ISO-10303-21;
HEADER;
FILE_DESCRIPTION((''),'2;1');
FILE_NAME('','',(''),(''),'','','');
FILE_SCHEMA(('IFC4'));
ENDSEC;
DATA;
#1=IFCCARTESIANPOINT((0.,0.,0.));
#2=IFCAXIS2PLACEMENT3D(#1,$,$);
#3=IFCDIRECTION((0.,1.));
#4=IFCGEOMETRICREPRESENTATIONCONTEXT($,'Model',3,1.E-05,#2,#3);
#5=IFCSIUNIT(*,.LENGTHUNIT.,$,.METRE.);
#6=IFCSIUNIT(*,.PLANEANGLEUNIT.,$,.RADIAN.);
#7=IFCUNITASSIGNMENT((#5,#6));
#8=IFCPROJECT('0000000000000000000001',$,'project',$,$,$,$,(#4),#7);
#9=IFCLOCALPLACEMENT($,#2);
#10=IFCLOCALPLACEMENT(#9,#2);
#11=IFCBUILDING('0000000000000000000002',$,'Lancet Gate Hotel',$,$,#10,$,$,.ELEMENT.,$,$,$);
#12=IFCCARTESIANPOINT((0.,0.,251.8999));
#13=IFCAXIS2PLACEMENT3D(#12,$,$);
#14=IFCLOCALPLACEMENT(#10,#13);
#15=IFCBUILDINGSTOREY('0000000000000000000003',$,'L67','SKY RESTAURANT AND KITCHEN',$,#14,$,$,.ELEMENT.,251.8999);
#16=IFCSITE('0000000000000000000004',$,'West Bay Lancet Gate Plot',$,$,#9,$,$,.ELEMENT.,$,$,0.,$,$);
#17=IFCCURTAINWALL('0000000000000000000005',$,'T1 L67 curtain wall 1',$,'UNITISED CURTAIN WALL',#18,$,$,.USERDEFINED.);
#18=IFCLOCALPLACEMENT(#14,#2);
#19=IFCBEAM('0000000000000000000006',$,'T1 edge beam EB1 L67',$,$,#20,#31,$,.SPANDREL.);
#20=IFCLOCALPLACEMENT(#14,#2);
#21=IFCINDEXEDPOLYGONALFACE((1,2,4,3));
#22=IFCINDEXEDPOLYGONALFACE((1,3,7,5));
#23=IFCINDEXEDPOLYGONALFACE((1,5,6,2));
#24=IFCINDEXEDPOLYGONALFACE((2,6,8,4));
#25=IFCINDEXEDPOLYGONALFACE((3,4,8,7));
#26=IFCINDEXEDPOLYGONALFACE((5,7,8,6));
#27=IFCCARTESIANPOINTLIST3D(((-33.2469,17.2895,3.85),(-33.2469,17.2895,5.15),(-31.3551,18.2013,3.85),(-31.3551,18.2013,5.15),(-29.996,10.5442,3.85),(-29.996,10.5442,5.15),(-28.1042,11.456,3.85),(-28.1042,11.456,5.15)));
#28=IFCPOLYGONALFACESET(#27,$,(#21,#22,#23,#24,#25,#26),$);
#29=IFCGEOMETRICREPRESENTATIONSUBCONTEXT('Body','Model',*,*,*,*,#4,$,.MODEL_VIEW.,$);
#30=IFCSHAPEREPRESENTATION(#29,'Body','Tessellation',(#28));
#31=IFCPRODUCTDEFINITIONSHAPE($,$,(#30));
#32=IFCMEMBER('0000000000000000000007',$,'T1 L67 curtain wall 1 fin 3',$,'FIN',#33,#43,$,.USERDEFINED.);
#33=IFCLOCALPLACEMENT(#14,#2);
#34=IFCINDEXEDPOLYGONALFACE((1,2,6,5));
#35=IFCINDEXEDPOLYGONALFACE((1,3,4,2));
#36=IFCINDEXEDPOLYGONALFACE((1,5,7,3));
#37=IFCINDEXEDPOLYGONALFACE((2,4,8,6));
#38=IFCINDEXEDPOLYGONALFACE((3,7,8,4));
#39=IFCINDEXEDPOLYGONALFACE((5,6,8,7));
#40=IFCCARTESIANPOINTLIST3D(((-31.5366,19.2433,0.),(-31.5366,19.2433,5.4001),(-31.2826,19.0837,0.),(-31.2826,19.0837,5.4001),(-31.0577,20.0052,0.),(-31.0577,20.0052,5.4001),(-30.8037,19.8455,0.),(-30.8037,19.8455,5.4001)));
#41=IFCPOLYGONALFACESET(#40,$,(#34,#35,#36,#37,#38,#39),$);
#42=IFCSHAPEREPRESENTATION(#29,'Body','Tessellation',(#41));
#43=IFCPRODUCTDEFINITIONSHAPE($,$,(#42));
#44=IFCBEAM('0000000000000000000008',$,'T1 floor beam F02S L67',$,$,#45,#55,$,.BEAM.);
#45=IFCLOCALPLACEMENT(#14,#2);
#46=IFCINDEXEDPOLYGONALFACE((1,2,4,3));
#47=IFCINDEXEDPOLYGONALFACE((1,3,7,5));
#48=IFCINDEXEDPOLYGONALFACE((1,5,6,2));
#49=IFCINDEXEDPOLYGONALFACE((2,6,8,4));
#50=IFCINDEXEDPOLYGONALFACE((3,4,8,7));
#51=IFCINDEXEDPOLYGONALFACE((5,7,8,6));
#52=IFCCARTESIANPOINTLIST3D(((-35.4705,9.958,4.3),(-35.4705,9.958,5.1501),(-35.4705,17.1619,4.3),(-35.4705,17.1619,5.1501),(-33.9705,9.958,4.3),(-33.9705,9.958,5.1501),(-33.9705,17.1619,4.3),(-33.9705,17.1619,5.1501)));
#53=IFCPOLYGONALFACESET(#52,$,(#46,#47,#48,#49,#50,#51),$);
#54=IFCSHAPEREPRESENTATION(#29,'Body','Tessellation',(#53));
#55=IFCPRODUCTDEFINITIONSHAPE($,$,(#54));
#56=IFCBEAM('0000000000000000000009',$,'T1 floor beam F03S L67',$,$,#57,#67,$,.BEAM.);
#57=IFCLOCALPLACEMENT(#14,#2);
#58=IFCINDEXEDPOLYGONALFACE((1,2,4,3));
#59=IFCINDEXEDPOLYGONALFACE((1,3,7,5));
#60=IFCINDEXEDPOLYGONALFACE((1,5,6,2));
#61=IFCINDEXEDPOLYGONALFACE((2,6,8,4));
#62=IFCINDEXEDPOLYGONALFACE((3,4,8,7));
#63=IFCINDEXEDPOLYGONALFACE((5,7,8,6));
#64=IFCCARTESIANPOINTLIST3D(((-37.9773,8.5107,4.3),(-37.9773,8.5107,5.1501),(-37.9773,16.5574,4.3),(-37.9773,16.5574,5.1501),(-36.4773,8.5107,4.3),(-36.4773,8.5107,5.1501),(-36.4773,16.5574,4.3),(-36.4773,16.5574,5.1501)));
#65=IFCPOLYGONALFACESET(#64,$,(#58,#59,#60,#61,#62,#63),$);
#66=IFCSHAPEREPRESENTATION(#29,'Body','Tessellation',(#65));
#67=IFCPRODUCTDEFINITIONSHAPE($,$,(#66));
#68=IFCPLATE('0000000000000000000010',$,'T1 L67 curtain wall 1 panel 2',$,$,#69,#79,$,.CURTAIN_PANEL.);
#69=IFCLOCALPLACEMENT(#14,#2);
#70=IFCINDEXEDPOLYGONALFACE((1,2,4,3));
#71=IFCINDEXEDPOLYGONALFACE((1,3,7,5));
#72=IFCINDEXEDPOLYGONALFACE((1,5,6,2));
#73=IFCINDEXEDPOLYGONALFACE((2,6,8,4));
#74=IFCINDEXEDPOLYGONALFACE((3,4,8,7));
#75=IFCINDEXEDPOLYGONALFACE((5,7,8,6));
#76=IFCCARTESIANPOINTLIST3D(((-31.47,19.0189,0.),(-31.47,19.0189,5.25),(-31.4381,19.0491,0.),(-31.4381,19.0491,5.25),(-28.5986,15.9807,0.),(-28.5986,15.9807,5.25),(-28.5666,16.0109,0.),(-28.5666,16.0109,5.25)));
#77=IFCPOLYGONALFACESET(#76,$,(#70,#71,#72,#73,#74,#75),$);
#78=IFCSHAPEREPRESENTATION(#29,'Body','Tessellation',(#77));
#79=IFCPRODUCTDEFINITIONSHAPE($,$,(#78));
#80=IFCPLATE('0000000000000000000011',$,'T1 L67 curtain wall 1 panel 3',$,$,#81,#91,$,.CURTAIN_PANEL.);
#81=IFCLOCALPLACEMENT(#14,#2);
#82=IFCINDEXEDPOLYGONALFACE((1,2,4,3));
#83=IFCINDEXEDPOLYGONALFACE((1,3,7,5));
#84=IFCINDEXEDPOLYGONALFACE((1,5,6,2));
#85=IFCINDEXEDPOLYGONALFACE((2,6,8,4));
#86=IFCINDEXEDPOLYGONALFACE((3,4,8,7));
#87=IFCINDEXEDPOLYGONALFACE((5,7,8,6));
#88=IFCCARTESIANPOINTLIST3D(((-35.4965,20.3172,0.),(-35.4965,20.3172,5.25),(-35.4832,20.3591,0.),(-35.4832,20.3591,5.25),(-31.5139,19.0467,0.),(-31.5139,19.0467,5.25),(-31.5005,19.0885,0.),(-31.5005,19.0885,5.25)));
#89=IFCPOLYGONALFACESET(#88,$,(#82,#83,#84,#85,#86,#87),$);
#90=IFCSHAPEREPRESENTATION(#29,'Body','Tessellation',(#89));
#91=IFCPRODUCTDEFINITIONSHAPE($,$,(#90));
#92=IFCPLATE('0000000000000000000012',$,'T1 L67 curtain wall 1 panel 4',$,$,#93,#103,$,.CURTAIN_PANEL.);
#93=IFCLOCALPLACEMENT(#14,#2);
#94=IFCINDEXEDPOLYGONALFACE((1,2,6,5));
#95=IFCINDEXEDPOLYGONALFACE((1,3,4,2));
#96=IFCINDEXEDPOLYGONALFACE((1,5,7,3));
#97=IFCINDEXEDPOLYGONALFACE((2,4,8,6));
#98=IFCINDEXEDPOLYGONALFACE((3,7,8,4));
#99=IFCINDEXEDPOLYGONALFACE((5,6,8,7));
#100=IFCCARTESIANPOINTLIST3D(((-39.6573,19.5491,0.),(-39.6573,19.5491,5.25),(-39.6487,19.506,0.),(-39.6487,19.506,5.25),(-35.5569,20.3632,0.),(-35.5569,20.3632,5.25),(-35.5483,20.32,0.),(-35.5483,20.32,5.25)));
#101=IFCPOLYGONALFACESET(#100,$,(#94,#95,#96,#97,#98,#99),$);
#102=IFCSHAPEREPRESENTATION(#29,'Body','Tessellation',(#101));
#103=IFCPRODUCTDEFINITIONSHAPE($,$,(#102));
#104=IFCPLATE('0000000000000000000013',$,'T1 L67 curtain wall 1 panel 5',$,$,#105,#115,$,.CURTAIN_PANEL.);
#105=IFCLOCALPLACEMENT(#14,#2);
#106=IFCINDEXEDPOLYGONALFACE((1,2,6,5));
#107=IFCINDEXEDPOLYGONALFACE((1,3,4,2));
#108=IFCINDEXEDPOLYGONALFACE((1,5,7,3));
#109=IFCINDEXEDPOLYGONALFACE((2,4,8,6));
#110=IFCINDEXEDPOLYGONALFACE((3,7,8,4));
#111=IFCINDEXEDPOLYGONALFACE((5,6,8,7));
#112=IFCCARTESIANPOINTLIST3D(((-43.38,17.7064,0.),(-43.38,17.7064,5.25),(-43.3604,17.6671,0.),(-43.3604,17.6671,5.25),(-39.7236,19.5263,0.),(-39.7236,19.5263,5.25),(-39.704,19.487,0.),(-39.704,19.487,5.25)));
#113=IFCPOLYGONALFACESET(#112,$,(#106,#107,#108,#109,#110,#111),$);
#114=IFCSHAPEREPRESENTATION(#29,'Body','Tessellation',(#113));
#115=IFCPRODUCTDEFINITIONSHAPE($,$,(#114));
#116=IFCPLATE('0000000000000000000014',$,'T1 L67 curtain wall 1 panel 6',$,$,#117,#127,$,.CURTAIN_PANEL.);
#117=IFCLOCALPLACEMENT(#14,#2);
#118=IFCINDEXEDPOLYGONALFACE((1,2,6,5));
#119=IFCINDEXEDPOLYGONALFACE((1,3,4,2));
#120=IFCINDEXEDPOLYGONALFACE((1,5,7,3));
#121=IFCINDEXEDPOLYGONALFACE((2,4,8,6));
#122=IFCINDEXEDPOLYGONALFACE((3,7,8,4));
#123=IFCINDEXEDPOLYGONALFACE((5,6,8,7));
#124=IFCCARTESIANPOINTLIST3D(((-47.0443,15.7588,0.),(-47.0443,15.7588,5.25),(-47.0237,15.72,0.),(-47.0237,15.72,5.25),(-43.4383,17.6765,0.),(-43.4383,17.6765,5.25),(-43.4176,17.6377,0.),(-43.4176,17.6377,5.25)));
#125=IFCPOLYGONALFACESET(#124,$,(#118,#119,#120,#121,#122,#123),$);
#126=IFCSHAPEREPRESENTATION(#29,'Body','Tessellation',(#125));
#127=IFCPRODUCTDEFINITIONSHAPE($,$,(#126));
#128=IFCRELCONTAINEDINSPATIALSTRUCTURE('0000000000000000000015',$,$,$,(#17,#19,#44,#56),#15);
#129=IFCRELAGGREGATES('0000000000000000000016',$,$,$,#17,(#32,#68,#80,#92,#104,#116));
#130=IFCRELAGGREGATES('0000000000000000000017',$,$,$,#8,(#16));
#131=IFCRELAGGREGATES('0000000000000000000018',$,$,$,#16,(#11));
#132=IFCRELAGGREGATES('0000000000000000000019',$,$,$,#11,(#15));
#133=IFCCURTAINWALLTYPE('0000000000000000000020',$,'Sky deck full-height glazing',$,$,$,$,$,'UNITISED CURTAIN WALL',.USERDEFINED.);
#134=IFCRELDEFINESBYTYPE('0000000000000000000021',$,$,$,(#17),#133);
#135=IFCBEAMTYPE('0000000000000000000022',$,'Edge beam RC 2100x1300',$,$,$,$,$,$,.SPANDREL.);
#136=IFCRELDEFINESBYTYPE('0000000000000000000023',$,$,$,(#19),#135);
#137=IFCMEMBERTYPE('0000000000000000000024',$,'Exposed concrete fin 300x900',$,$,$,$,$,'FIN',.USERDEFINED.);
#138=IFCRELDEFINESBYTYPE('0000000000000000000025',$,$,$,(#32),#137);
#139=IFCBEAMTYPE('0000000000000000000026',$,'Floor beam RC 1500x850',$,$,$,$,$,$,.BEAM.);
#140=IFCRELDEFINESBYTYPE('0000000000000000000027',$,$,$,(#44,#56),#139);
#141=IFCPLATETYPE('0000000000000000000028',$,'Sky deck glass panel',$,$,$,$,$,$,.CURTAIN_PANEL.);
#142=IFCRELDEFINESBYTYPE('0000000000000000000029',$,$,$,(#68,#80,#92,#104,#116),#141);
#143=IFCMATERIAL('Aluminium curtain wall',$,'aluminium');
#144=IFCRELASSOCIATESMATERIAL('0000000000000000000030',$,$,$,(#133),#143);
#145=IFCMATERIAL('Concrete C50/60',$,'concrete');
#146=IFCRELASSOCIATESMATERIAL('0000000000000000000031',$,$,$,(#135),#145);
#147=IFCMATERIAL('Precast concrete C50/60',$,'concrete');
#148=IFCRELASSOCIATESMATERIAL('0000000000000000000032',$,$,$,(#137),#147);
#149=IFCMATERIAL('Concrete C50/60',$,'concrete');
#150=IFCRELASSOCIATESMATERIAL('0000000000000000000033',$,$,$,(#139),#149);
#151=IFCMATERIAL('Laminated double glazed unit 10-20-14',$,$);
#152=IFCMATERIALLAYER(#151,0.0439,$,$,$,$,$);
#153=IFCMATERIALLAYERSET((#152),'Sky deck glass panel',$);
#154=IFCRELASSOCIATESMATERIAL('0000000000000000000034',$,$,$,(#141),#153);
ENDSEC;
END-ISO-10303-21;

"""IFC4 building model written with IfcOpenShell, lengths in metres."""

from ifc_helpers import new_model, si_unit, direction, frame, origin, origin_2d, place, context, subcontext, project, spatial, rectangle, extrude, material, layer, layer_set, material_profile, profile_set, type_object, element, aggregate, save


model = new_model("IFC4")

# Units and contexts
model_context = context("Model", 3, precision=1e-05, world=origin(), true_north=direction((0.0, 1.0)))
body_context = subcontext(model_context, "Body", "Model", "MODEL_VIEW")
ifc_project = project(units=[si_unit("LENGTHUNIT", "METRE"), si_unit("PLANEANGLEUNIT", "RADIAN")], contexts=[model_context])

# Site, building, storey
site_placement = place(None, origin())
site = spatial("IfcSite", under=ifc_project, at=site_placement, Name="West Bay Lancet Gate Plot", CompositionType="ELEMENT", RefElevation=0.0)
building_placement = place(site_placement, origin())
building = spatial("IfcBuilding", under=site, at=building_placement, Name="Lancet Gate Hotel", CompositionType="ELEMENT")
storey_placement = place(building_placement, frame((0.0, 0.0, 251.8999)))
storey = spatial("IfcBuildingStorey", under=building, at=storey_placement, Name="L67", Description="SKY RESTAURANT AND KITCHEN", CompositionType="ELEMENT", Elevation=251.8999)

# Curtain wall
ifc_material_1 = material(Name="Aluminium curtain wall", Category="aluminium")
curtain_wall_type = type_object("IfcCurtainWallType", Name="Sky deck full-height glazing", ElementType="UNITISED CURTAIN WALL", PredefinedType="USERDEFINED", material=ifc_material_1)
curtain_wall_placement = place(storey_placement, origin())
curtain_wall = element("IfcCurtainWall", 1, at=curtain_wall_placement, inside=storey, type_object=curtain_wall_type, Name="T1 L67 curtain wall 1", ObjectType="UNITISED CURTAIN WALL", PredefinedType="USERDEFINED")

# Beam
ifc_material_2 = material(Name="Concrete C50/60", Category="concrete")
ifc_material_profile_1 = material_profile(ifc_material_2, rectangle(XDim=2.1001, YDim=1.3, at=origin_2d()), Name="RC 2100x1300")
ifc_profile_set_1 = profile_set([ifc_material_profile_1], Name="Concrete C50/60")
beam_type_1 = type_object("IfcBeamType", Name="Edge beam RC 2100x1300", PredefinedType="SPANDREL", material=ifc_profile_set_1)
beam_1_placement = place(storey_placement, frame((-32.301, 17.7454, 4.5), z_axis=(0.434164, -0.900834, 0.0), x_axis=(0.900834, 0.434164, 0.0)))
element("IfcBeam", 2, at=beam_1_placement, inside=storey, type_object=beam_type_1, Name="T1 edge beam EB1 L67", PredefinedType="SPANDREL", context=body_context, shape_type="SweptSolid", body=[
    extrude(rectangle(XDim=2.1001, YDim=1.3, at=origin_2d()), origin(), (0.0, 0.0, 1.0), 7.4878),
])

# Member
ifc_material_3 = material(Name="Precast concrete C50/60", Category="concrete")
ifc_material_profile_2 = material_profile(ifc_material_3, rectangle(XDim=0.3, YDim=0.8999, at=origin_2d()), Name="FIN 300x900")
ifc_profile_set_2 = profile_set([ifc_material_profile_2], Name="Precast concrete C50/60")
member_type_1 = type_object("IfcMemberType", Name="Exposed concrete fin 300x900", ElementType="FIN", PredefinedType="USERDEFINED", material=ifc_profile_set_2)
member_1_placement = place(storey_placement, frame((-31.1702, 19.5444, 0.0), z_axis=(0.0, 0.0, 1.0), x_axis=(-0.846613, 0.532209, 0.0)))
member_1 = element("IfcMember", 3, at=member_1_placement, type_object=member_type_1, Name="T1 L67 curtain wall 1 fin 3", ObjectType="FIN", PredefinedType="USERDEFINED", context=body_context, shape_type="SweptSolid", body=[
    extrude(rectangle(XDim=0.3, YDim=0.8999, at=origin_2d()), origin(), (0.0, 0.0, 1.0), 5.4001),
])

# Beams
ifc_material_4 = material(Name="Concrete C50/60", Category="concrete")
ifc_material_profile_3 = material_profile(ifc_material_4, rectangle(XDim=1.5, YDim=0.8501, at=origin_2d()), Name="RC 1500x850")
ifc_profile_set_3 = profile_set([ifc_material_profile_3], Name="Concrete C50/60")
beam_type_2 = type_object("IfcBeamType", Name="Floor beam RC 1500x850", PredefinedType="BEAM", material=ifc_profile_set_3)
beam_2_placement = place(storey_placement, frame((-34.7205, 17.1619, 4.7251), z_axis=(0.0, -1.0, 0.0), x_axis=(1.0, 0.0, 0.0)))
element("IfcBeam", 4, at=beam_2_placement, inside=storey, type_object=beam_type_2, Name="T1 floor beam F02S L67", PredefinedType="BEAM", context=body_context, shape_type="SweptSolid", body=[
    extrude(rectangle(XDim=1.5, YDim=0.8501, at=origin_2d()), origin(), (0.0, 0.0, 1.0), 7.2039),
])
beam_3_placement = place(storey_placement, frame((-37.2273, 16.5574, 4.7251), z_axis=(0.0, -1.0, 0.0), x_axis=(1.0, 0.0, 0.0)))
element("IfcBeam", 5, at=beam_3_placement, inside=storey, type_object=beam_type_2, Name="T1 floor beam F03S L67", PredefinedType="BEAM", context=body_context, shape_type="SweptSolid", body=[
    extrude(rectangle(XDim=1.5, YDim=0.8501, at=origin_2d()), origin(), (0.0, 0.0, 1.0), 8.0466),
])

# Plates
ifc_material_5 = material(Name="Laminated double glazed unit 10-20-14")
ifc_layer = layer(ifc_material_5, 0.0439)
ifc_layer_set = layer_set([ifc_layer], Name="Sky deck glass panel")
plate_type = type_object("IfcPlateType", Name="Sky deck glass panel", PredefinedType="CURTAIN_PANEL", material=ifc_layer_set)
plate_1_placement = place(storey_placement, frame((-30.0183, 17.5149, 0.0), z_axis=(0.0, 0.0, 1.0), x_axis=(-0.686883, 0.726768, 0.0)))
plate_1 = element("IfcPlate", 6, at=plate_1_placement, type_object=plate_type, Name="T1 L67 curtain wall 1 panel 2", PredefinedType="CURTAIN_PANEL", context=body_context, shape_type="SweptSolid", body=[
    extrude(rectangle(XDim=4.1804, YDim=0.0439, at=origin_2d()), origin(), (0.0, 0.0, 1.0), 5.25),
])
plate_2_placement = place(storey_placement, frame((-33.4985, 19.7029, 0.0), z_axis=(0.0, 0.0, 1.0), x_axis=(-0.952696, 0.303926, 0.0)))
plate_2 = element("IfcPlate", 7, at=plate_2_placement, type_object=plate_type, Name="T1 L67 curtain wall 1 panel 3", PredefinedType="CURTAIN_PANEL", context=body_context, shape_type="SweptSolid", body=[
    extrude(rectangle(XDim=4.1804, YDim=0.0439, at=origin_2d()), origin(), (0.0, 0.0, 1.0), 5.25),
])
plate_3_placement = place(storey_placement, frame((-37.6028, 19.9346, 0.0), z_axis=(0.0, 0.0, 1.0), x_axis=(-0.980857, -0.194731, 0.0)))
plate_3 = element("IfcPlate", 8, at=plate_3_placement, type_object=plate_type, Name="T1 L67 curtain wall 1 panel 4", PredefinedType="CURTAIN_PANEL", context=body_context, shape_type="SweptSolid", body=[
    extrude(rectangle(XDim=4.1804, YDim=0.0439, at=origin_2d()), origin(), (0.0, 0.0, 1.0), 5.25),
])
plate_4_placement = place(storey_placement, frame((-41.542, 18.5967, 0.0), z_axis=(0.0, 0.0, 1.0), x_axis=(-0.895234, -0.445596, 0.0)))
plate_4 = element("IfcPlate", 9, at=plate_4_placement, type_object=plate_type, Name="T1 L67 curtain wall 1 panel 5", PredefinedType="CURTAIN_PANEL", context=body_context, shape_type="SweptSolid", body=[
    extrude(rectangle(XDim=4.0842, YDim=0.0439, at=origin_2d()), origin(), (0.0, 0.0, 1.0), 5.25),
])
plate_5_placement = place(storey_placement, frame((-45.231, 16.6982, 0.0), z_axis=(0.0, 0.0, 1.0), x_axis=(-0.882916, -0.469531, 0.0)))
plate_5 = element("IfcPlate", 10, at=plate_5_placement, type_object=plate_type, Name="T1 L67 curtain wall 1 panel 6", PredefinedType="CURTAIN_PANEL", context=body_context, shape_type="SweptSolid", body=[
    extrude(rectangle(XDim=4.0842, YDim=0.0439, at=origin_2d()), origin(), (0.0, 0.0, 1.0), 5.25),
])
aggregate(curtain_wall, [member_1, plate_1, plate_2, plate_3, plate_4, plate_5])

save(model, "model.ifc")
